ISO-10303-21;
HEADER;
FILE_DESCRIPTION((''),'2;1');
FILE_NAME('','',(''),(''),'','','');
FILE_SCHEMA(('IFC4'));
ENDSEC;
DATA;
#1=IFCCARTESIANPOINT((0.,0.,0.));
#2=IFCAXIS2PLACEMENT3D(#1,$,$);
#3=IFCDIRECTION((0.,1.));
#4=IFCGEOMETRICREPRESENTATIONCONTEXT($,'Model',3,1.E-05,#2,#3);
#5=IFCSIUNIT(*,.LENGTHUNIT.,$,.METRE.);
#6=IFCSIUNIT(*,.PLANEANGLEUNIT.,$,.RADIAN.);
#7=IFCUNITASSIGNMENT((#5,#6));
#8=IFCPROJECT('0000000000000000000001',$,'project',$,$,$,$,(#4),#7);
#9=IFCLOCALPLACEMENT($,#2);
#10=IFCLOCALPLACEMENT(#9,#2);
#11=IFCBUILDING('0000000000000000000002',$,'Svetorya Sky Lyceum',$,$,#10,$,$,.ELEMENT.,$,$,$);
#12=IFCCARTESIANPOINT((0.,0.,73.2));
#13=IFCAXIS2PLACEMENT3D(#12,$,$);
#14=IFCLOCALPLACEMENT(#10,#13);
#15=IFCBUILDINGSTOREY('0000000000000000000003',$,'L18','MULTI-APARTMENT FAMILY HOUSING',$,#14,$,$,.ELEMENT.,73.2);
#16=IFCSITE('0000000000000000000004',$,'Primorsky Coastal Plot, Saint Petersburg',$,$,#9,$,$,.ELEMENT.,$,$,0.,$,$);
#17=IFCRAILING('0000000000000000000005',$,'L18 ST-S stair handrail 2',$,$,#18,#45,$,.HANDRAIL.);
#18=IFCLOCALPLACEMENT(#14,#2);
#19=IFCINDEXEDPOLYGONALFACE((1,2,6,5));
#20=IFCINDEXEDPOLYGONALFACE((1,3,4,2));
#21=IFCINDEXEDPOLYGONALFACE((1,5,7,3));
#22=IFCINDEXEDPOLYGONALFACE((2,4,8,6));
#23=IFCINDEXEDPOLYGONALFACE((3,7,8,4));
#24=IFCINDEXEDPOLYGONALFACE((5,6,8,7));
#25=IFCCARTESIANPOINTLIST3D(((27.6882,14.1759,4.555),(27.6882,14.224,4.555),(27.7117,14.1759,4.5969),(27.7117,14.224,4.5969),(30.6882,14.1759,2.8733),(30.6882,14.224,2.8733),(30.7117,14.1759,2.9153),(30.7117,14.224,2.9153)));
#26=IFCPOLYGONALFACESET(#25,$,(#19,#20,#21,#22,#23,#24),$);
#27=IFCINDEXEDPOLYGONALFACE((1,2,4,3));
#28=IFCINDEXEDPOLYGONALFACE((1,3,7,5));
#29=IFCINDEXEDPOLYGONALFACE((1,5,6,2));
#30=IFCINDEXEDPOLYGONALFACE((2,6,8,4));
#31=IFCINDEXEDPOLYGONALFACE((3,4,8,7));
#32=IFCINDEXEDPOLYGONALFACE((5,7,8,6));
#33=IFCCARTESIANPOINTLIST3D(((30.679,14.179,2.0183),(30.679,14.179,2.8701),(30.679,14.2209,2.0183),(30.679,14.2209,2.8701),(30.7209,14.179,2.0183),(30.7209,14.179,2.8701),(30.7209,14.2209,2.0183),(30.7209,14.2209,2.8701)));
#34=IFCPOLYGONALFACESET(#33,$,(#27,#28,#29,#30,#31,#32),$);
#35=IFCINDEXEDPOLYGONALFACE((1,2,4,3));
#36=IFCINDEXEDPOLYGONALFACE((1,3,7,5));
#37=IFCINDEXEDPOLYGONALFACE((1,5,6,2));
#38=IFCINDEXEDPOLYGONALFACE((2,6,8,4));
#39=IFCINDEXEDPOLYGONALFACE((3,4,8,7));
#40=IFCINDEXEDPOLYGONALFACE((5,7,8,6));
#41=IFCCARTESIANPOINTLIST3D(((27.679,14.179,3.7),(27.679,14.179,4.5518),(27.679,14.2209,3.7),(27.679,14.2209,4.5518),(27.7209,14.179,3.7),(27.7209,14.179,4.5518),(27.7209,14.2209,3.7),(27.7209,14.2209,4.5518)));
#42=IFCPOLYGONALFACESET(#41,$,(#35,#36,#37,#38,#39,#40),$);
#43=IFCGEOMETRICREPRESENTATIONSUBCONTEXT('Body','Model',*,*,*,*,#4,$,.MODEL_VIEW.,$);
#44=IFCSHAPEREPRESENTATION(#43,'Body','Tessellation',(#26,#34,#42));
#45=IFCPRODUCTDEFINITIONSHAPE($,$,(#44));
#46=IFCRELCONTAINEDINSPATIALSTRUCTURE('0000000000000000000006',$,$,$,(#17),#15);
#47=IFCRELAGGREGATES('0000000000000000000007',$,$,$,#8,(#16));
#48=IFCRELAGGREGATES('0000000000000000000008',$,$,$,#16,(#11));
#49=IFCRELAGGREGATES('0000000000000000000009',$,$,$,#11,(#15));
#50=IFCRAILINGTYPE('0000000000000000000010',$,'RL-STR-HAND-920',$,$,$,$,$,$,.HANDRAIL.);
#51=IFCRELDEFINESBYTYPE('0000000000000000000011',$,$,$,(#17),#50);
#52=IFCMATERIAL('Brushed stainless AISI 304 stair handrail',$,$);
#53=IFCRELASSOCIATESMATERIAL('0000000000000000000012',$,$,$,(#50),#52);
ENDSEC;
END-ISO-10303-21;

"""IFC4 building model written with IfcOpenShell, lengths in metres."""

from ifc_helpers import new_model, si_unit, direction, frame, origin, origin_2d, place, context, subcontext, project, spatial, rectangle, extrude, material, type_object, element, save


model = new_model("IFC4")

# Units and contexts
model_context = context("Model", 3, precision=1e-05, world=origin(), true_north=direction((0.0, 1.0)))
body_context = subcontext(model_context, "Body", "Model", "MODEL_VIEW")
ifc_project = project(units=[si_unit("LENGTHUNIT", "METRE"), si_unit("PLANEANGLEUNIT", "RADIAN")], contexts=[model_context])

# Site, building, storey
site_placement = place(None, origin())
site = spatial("IfcSite", under=ifc_project, at=site_placement, Name="Primorsky Coastal Plot, Saint Petersburg", CompositionType="ELEMENT", RefElevation=0.0)
building_placement = place(site_placement, origin())
building = spatial("IfcBuilding", under=site, at=building_placement, Name="Svetorya Sky Lyceum", CompositionType="ELEMENT")
storey_placement = place(building_placement, frame((0.0, 0.0, 73.2)))
storey = spatial("IfcBuildingStorey", under=building, at=storey_placement, Name="L18", Description="MULTI-APARTMENT FAMILY HOUSING", CompositionType="ELEMENT", Elevation=73.2)

# Railing
ifc_material_1 = material(Name="Brushed stainless AISI 304 stair handrail")
railing_type_1 = type_object("IfcRailingType", Name="RL-STR-HAND-920", PredefinedType="HANDRAIL", material=ifc_material_1)
railing_1_placement = place(storey_placement, frame((30.7, 14.2, 2.0183)))
element("IfcRailing", 1, at=railing_1_placement, inside=storey, type_object=railing_type_1, Name="L18 ST-S stair handrail 2", PredefinedType="HANDRAIL", context=body_context, shape_type="SweptSolid", body=[
    extrude(rectangle(XDim=0.0481, YDim=0.0481, at=origin_2d()), frame((0.0, 0.0, 0.876), z_axis=(-0.872303, 0.0, 0.488966), x_axis=(0.0, -1.0, 0.0)), (0.0, 0.0, 1.0), 3.4392),
    extrude(rectangle(XDim=0.042, YDim=0.042, at=origin_2d()), origin(), (0.0, 0.0, 1.0), 0.8518),
    extrude(rectangle(XDim=0.042, YDim=0.042, at=origin_2d()), frame((-3.0, 0.0, 1.6816)), (0.0, 0.0, 1.0), 0.8518),
])

save(model, "model.ifc")
